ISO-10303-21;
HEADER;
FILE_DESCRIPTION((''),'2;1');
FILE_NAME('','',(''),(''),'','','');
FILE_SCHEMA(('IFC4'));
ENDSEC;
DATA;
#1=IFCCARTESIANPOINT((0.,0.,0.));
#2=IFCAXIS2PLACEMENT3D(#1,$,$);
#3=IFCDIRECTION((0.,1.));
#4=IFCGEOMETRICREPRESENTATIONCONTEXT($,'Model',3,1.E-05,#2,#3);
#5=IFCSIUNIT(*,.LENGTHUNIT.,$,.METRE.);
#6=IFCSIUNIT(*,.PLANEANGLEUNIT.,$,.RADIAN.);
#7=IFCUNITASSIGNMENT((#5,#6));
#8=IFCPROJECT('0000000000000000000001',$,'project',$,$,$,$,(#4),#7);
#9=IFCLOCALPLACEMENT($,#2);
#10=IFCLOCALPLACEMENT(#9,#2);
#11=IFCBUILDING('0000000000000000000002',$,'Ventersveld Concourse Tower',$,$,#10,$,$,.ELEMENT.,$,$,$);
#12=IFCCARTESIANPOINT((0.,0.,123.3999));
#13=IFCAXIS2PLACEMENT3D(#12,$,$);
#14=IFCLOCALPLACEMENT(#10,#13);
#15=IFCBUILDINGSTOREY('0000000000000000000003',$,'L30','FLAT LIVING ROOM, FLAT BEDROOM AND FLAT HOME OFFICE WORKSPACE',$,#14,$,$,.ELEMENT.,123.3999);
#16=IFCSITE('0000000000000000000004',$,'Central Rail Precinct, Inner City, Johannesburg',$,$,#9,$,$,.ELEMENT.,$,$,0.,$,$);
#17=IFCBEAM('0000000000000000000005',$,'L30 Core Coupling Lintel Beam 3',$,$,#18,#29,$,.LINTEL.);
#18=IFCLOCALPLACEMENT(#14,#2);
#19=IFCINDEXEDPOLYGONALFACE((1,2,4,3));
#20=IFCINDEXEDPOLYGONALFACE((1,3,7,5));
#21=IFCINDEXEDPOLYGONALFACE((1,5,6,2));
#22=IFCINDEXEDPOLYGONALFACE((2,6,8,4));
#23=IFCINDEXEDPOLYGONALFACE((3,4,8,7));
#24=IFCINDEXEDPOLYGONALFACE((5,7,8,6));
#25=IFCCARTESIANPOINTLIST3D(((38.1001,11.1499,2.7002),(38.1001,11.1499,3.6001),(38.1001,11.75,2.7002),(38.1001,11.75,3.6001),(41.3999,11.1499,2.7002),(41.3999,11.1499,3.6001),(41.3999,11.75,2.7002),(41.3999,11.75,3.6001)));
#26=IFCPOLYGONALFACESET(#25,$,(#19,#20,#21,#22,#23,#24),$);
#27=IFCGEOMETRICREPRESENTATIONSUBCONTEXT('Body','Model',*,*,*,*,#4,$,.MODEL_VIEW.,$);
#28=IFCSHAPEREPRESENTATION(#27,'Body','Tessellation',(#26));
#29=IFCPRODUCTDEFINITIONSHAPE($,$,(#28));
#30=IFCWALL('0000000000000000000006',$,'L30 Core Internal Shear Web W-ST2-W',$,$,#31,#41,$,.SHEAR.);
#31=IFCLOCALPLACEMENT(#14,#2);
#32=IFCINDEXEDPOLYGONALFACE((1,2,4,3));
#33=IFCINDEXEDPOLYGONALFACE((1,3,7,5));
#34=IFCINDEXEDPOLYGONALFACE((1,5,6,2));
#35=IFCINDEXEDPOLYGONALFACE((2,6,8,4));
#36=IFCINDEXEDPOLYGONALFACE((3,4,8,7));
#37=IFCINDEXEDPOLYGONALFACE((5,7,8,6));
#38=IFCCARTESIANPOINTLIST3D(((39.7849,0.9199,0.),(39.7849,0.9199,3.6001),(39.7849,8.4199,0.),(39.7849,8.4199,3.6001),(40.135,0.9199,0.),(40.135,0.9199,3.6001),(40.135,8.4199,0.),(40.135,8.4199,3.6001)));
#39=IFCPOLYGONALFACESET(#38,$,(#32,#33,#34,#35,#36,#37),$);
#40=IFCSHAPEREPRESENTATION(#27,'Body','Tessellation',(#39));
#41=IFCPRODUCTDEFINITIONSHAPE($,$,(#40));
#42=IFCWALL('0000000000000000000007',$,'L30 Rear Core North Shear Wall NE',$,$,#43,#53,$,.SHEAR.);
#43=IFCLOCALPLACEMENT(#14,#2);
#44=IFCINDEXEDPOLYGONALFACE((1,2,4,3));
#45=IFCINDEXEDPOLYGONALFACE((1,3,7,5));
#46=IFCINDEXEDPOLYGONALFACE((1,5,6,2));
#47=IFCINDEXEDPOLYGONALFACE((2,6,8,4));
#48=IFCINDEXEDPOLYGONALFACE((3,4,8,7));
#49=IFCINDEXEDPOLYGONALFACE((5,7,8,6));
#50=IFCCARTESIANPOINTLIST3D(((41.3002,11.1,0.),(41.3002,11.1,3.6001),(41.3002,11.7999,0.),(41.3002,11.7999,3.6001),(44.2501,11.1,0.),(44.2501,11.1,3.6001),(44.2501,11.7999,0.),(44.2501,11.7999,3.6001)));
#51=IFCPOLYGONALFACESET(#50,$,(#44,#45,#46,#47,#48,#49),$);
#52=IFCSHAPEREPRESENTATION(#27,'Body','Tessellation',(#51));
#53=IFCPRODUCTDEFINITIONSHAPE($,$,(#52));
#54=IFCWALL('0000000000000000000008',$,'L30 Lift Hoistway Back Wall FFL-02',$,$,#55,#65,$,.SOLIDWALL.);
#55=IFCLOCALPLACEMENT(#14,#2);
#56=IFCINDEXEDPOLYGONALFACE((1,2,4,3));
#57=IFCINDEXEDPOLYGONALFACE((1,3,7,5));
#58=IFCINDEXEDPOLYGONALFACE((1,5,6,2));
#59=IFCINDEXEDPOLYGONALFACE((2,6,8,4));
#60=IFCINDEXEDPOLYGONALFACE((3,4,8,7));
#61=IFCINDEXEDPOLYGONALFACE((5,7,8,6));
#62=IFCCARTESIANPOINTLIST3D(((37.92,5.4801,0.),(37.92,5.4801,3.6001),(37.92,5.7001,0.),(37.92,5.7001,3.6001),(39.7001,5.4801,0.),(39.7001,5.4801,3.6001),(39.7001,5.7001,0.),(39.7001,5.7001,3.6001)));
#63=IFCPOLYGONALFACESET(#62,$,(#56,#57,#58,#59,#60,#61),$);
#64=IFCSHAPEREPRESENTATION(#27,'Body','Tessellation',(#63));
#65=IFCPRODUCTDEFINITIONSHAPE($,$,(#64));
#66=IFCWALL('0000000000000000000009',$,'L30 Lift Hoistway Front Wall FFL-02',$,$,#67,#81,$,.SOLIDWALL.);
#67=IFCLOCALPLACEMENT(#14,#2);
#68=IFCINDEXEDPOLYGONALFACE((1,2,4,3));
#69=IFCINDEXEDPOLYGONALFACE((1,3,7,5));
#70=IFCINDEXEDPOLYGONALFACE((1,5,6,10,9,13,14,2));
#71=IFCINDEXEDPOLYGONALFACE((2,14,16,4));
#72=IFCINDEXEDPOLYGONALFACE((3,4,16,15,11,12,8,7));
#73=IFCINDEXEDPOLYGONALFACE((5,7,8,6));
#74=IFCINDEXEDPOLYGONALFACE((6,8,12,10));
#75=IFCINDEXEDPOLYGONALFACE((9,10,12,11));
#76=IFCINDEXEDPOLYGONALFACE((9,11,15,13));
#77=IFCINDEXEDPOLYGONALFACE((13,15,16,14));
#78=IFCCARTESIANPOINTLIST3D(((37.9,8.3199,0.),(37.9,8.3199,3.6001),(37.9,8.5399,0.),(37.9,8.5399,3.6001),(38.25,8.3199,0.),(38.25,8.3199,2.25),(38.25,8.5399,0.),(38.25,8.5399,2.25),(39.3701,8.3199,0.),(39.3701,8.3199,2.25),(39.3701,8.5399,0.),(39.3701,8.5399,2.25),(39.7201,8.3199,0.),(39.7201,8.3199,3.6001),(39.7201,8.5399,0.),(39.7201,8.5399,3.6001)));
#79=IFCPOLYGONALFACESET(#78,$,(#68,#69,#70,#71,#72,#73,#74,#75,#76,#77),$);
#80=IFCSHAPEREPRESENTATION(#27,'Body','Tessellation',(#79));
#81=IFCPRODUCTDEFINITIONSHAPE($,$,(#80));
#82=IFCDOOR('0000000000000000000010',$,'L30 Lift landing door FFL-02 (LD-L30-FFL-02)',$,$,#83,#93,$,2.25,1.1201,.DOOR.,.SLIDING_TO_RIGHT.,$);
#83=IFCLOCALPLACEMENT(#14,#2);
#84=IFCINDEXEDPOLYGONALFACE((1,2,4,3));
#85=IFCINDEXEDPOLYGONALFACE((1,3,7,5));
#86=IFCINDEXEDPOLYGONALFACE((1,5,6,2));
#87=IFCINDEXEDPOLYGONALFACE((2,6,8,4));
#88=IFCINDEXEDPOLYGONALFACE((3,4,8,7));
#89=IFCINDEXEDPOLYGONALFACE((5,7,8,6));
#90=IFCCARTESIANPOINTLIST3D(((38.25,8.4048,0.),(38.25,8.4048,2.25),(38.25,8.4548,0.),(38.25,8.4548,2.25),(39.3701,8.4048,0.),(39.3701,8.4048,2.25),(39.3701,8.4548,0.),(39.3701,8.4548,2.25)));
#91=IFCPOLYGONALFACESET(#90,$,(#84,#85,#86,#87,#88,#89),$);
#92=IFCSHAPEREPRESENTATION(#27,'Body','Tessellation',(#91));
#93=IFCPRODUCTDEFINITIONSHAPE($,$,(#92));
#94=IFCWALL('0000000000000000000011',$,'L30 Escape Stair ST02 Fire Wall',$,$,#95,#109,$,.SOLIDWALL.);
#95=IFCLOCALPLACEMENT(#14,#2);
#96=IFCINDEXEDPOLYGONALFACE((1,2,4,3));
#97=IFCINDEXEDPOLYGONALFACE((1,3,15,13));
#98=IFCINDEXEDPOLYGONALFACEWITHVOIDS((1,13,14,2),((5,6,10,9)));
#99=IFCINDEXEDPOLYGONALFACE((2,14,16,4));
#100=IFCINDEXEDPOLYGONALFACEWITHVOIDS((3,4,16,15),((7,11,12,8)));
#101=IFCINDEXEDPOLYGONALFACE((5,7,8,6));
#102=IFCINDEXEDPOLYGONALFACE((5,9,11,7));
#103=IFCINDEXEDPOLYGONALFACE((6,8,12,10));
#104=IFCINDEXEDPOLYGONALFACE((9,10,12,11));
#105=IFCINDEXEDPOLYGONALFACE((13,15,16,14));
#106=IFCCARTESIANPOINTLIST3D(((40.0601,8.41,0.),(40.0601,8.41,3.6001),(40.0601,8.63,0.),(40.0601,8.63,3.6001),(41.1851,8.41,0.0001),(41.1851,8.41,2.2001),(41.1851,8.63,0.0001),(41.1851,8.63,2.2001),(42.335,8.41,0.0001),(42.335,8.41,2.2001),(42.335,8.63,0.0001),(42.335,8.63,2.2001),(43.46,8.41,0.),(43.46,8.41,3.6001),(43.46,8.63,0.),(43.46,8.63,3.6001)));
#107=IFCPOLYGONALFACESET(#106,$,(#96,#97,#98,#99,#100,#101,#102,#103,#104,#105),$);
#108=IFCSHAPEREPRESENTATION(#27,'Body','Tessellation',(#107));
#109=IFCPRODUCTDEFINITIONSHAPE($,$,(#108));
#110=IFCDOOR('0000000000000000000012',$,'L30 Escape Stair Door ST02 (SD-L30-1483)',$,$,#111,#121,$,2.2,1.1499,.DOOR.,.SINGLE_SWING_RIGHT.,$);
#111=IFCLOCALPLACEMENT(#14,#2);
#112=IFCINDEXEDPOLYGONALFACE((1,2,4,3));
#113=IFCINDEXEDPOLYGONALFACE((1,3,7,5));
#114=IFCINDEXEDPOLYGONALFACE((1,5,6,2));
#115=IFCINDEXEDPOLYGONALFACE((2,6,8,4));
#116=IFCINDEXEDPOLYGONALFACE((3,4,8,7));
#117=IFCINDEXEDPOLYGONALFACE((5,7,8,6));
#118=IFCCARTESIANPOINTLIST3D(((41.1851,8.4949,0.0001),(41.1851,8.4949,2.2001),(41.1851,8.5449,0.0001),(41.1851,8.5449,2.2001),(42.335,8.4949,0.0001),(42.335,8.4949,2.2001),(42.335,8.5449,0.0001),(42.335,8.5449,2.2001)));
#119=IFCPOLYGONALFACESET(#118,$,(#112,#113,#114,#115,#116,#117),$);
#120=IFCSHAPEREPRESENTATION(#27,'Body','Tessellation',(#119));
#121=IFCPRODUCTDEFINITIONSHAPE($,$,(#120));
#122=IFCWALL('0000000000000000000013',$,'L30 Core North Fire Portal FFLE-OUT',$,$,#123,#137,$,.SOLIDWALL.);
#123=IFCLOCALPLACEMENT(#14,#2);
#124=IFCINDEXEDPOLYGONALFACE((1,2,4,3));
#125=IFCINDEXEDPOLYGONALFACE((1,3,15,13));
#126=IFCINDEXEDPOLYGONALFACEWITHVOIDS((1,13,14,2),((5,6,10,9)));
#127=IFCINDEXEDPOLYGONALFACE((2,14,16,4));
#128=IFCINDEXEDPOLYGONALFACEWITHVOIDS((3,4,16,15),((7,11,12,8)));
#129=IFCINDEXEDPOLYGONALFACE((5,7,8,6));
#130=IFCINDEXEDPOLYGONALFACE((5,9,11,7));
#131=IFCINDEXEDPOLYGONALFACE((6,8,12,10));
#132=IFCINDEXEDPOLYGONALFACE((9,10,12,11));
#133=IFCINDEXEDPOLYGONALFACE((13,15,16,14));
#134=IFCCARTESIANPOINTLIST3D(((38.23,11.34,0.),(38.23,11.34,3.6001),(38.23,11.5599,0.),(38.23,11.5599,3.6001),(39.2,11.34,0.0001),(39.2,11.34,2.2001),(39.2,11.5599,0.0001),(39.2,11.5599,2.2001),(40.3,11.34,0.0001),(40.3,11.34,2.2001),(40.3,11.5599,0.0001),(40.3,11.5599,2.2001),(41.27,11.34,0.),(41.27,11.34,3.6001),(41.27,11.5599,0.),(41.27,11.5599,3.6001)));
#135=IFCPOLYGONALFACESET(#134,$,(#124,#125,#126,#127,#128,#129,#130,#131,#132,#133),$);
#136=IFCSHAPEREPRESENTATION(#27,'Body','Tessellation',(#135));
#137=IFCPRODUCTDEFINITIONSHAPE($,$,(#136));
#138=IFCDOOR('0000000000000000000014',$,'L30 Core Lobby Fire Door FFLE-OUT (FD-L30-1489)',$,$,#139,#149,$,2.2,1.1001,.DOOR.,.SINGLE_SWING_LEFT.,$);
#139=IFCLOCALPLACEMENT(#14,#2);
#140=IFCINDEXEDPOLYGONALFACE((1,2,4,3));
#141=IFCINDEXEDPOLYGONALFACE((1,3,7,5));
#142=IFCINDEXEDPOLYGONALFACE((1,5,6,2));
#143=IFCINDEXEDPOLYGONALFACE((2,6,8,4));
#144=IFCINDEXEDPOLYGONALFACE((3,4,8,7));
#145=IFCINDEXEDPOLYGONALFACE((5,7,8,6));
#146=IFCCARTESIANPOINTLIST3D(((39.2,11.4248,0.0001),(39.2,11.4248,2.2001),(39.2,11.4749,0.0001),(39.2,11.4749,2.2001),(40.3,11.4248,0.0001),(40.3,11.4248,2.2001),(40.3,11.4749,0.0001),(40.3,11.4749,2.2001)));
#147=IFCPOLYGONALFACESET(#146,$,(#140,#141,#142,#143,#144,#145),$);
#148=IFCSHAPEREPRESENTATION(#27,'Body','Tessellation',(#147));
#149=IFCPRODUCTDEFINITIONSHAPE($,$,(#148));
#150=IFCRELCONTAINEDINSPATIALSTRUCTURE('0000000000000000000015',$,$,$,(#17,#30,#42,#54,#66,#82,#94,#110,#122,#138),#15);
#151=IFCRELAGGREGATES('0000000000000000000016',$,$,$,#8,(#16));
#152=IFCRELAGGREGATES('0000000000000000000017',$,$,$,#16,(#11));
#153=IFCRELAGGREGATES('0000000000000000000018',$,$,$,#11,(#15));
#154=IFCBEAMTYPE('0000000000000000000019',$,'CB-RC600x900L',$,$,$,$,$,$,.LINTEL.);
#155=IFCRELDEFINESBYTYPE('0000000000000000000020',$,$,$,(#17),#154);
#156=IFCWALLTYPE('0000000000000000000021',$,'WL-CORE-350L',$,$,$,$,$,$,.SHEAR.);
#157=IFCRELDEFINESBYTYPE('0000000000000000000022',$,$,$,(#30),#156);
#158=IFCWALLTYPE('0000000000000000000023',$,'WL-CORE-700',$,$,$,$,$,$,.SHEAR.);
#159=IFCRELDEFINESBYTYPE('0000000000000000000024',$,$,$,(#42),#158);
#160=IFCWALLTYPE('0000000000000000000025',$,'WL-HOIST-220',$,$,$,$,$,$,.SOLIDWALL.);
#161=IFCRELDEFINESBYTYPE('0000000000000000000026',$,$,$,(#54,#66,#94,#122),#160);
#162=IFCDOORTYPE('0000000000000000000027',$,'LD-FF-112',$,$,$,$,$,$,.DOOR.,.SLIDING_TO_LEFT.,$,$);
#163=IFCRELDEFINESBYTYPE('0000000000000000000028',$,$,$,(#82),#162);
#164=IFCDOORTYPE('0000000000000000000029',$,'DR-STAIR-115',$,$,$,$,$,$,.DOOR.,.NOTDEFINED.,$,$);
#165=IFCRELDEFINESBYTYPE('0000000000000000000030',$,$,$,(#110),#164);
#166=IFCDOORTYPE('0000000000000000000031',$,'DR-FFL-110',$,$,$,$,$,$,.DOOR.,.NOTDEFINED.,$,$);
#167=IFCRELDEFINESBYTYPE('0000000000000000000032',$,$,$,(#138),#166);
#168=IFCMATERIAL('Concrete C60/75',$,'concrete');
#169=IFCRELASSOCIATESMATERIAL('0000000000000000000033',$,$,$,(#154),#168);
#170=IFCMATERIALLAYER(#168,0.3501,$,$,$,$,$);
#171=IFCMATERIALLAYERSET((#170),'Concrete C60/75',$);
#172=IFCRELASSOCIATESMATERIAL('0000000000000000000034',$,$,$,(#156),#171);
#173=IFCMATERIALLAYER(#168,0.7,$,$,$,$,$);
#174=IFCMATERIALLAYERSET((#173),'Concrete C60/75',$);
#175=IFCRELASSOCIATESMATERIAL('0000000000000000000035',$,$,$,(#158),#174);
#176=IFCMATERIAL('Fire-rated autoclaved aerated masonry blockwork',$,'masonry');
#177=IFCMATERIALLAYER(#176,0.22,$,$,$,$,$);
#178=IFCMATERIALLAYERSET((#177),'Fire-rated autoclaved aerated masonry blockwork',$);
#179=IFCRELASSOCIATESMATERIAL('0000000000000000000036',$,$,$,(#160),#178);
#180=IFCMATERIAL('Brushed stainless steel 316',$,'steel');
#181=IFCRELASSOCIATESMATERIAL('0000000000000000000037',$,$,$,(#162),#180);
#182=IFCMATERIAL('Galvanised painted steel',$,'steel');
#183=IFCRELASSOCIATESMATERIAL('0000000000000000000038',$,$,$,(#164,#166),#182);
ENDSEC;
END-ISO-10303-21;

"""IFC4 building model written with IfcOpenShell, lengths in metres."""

from ifc_helpers import new_model, si_unit, direction, frame, frame_2d, origin, origin_2d, place, context, subcontext, project, spatial, rectangle, extrude, material, layer, layer_set, material_profile, profile_set, type_object, element, fill, save


model = new_model("IFC4")

# Units and contexts
model_context = context("Model", 3, precision=1e-05, world=origin(), true_north=direction((0.0, 1.0)))
body_context = subcontext(model_context, "Body", "Model", "MODEL_VIEW")
ifc_project = project(units=[si_unit("LENGTHUNIT", "METRE"), si_unit("PLANEANGLEUNIT", "RADIAN")], contexts=[model_context])

# Site, building, storey
site_placement = place(None, origin())
site = spatial("IfcSite", under=ifc_project, at=site_placement, Name="Central Rail Precinct, Inner City, Johannesburg", CompositionType="ELEMENT", RefElevation=0.0)
building_placement = place(site_placement, origin())
building = spatial("IfcBuilding", under=site, at=building_placement, Name="Ventersveld Concourse Tower", CompositionType="ELEMENT")
storey_placement = place(building_placement, frame((0.0, 0.0, 123.3999)))
storey = spatial("IfcBuildingStorey", under=building, at=storey_placement, Name="L30", Description="FLAT LIVING ROOM, FLAT BEDROOM AND FLAT HOME OFFICE WORKSPACE", CompositionType="ELEMENT", Elevation=123.3999)

# Beam
ifc_material_1 = material(Name="Concrete C60/75", Category="concrete")
ifc_material_profile = material_profile(ifc_material_1, rectangle(XDim=0.6001, YDim=0.8999, at=origin_2d()), Name="RC 600x900")
ifc_profile_set = profile_set([ifc_material_profile], Name="Concrete C60/75")
beam_type = type_object("IfcBeamType", Name="CB-RC600x900L", PredefinedType="LINTEL", material=ifc_profile_set)
beam_placement = place(storey_placement, frame((38.1001, 11.45, 3.1501), z_axis=(1.0, 0.0, 0.0), x_axis=(0.0, 1.0, 0.0)))
element("IfcBeam", 1, at=beam_placement, inside=storey, type_object=beam_type, Name="L30 Core Coupling Lintel Beam 3", PredefinedType="LINTEL", context=body_context, shape_type="SweptSolid", body=[
    extrude(rectangle(XDim=0.6001, YDim=0.8999, at=origin_2d()), origin(), (0.0, 0.0, 1.0), 3.2998),
])

# Walls
ifc_layer_1 = layer(ifc_material_1, 0.3501)
ifc_layer_set_1 = layer_set([ifc_layer_1], Name="Concrete C60/75")
wall_type_1 = type_object("IfcWallType", Name="WL-CORE-350L", PredefinedType="SHEAR", material=ifc_layer_set_1)
wall_1_placement = place(storey_placement, frame((39.96, 0.9199, 0.0), z_axis=(0.0, 0.0, 1.0), x_axis=(0.0, 1.0, 0.0)))
element("IfcWall", 2, at=wall_1_placement, inside=storey, type_object=wall_type_1, Name="L30 Core Internal Shear Web W-ST2-W", PredefinedType="SHEAR", context=body_context, shape_type="SweptSolid", body=[
    extrude(rectangle(XDim=7.5, YDim=0.3501, at=frame_2d((3.75, 0.0))), origin(), (0.0, 0.0, 1.0), 3.6001),
])
ifc_layer_2 = layer(ifc_material_1, 0.7)
ifc_layer_set_2 = layer_set([ifc_layer_2], Name="Concrete C60/75")
wall_type_2 = type_object("IfcWallType", Name="WL-CORE-700", PredefinedType="SHEAR", material=ifc_layer_set_2)
wall_2_placement = place(storey_placement, frame((41.3, 11.45, 0.0), z_axis=(0.0, 0.0, 1.0), x_axis=(1.0, 0.0, 0.0)))
element("IfcWall", 3, at=wall_2_placement, inside=storey, type_object=wall_type_2, Name="L30 Rear Core North Shear Wall NE", PredefinedType="SHEAR", context=body_context, shape_type="SweptSolid", body=[
    extrude(rectangle(XDim=2.95, YDim=0.7, at=frame_2d((1.4751, 0.0))), origin(), (0.0, 0.0, 1.0), 3.6001),
])
ifc_material_2 = material(Name="Fire-rated autoclaved aerated masonry blockwork", Category="masonry")
ifc_layer_3 = layer(ifc_material_2, 0.22)
ifc_layer_set_3 = layer_set([ifc_layer_3], Name="Fire-rated autoclaved aerated masonry blockwork")
wall_type_3 = type_object("IfcWallType", Name="WL-HOIST-220", PredefinedType="SOLIDWALL", material=ifc_layer_set_3)
wall_3_placement = place(storey_placement, frame((37.9199, 5.5901, 0.0), z_axis=(0.0, 0.0, 1.0), x_axis=(1.0, 0.0, 0.0)))
element("IfcWall", 4, at=wall_3_placement, inside=storey, type_object=wall_type_3, Name="L30 Lift Hoistway Back Wall FFL-02", PredefinedType="SOLIDWALL", context=body_context, shape_type="SweptSolid", body=[
    extrude(rectangle(XDim=1.78, YDim=0.22, at=frame_2d((0.8901, 0.0))), origin(), (0.0, 0.0, 1.0), 3.6001),
])

# Walls, openings, doors
wall_4_placement = place(storey_placement, frame((37.8999, 8.4299, 0.0), z_axis=(0.0, 0.0, 1.0), x_axis=(1.0, 0.0, 0.0)))
wall_4 = element("IfcWall", 5, at=wall_4_placement, inside=storey, type_object=wall_type_3, Name="L30 Lift Hoistway Front Wall FFL-02", PredefinedType="SOLIDWALL", context=body_context, shape_type="SweptSolid", body=[
    extrude(rectangle(XDim=1.8201, YDim=0.22, at=frame_2d((0.9102, 0.0))), origin(), (0.0, 0.0, 1.0), 3.6001),
])
opening_1_placement = place(wall_4_placement, frame((0.3501, 0.0, 0.0)))
opening_1 = element("IfcOpeningElement", 6, at=opening_1_placement, cuts=wall_4, PredefinedType="OPENING", context=body_context, shape_type="SweptSolid", body=[
    extrude(rectangle(XDim=1.1201, YDim=2.25, at=frame_2d((0.5601, 1.125))), frame((0.0, 0.1201, 0.0), z_axis=(0.0, -1.0, 0.0), x_axis=(1.0, 0.0, 0.0)), (0.0, 0.0, 1.0), 0.24),
])
ifc_material_3 = material(Name="Brushed stainless steel 316", Category="steel")
door_type_1 = type_object("IfcDoorType", Name="LD-FF-112", OperationType="SLIDING_TO_LEFT", PredefinedType="DOOR", material=ifc_material_3)
door_1_placement = place(opening_1_placement, origin())
door_1 = element("IfcDoor", 7, at=door_1_placement, inside=storey, type_object=door_type_1, Name="L30 Lift landing door FFL-02 (LD-L30-FFL-02)", OperationType="SLIDING_TO_RIGHT", OverallHeight=2.25, OverallWidth=1.1201, PredefinedType="DOOR", context=body_context, shape_type="SweptSolid", body=[
    extrude(rectangle(XDim=1.1201, YDim=2.25, at=frame_2d((0.5601, 1.125))), frame((0.0, 0.0249, 0.0), z_axis=(0.0, -1.0, 0.0), x_axis=(1.0, 0.0, 0.0)), (0.0, 0.0, 1.0), 0.05),
])
fill(opening_1, door_1)
wall_5_placement = place(storey_placement, frame((40.0601, 8.52, 0.0), z_axis=(0.0, 0.0, 1.0), x_axis=(1.0, 0.0, 0.0)))
wall_5 = element("IfcWall", 8, at=wall_5_placement, inside=storey, type_object=wall_type_3, Name="L30 Escape Stair ST02 Fire Wall", PredefinedType="SOLIDWALL", context=body_context, shape_type="SweptSolid", body=[
    extrude(rectangle(XDim=3.3999, YDim=0.22, at=frame_2d((1.7, 0.0))), origin(), (0.0, 0.0, 1.0), 3.6001),
])
opening_2_placement = place(wall_5_placement, frame((1.125, 0.0, 0.0)))
opening_2 = element("IfcOpeningElement", 9, at=opening_2_placement, cuts=wall_5, PredefinedType="OPENING", context=body_context, shape_type="SweptSolid", body=[
    extrude(rectangle(XDim=1.1499, YDim=2.2, at=frame_2d((0.575, 1.1001))), frame((0.0, 0.1201, 0.0), z_axis=(0.0, -1.0, 0.0), x_axis=(1.0, 0.0, 0.0)), (0.0, 0.0, 1.0), 0.24),
])
ifc_material_4 = material(Name="Galvanised painted steel", Category="steel")
door_type_2 = type_object("IfcDoorType", Name="DR-STAIR-115", OperationType="NOTDEFINED", PredefinedType="DOOR", material=ifc_material_4)
door_2_placement = place(opening_2_placement, origin())
door_2 = element("IfcDoor", 10, at=door_2_placement, inside=storey, type_object=door_type_2, Name="L30 Escape Stair Door ST02 (SD-L30-1483)", OperationType="SINGLE_SWING_RIGHT", OverallHeight=2.2, OverallWidth=1.1499, PredefinedType="DOOR", context=body_context, shape_type="SweptSolid", body=[
    extrude(rectangle(XDim=1.1499, YDim=2.2, at=frame_2d((0.575, 1.1001))), frame((0.0, 0.0249, 0.0), z_axis=(0.0, -1.0, 0.0), x_axis=(1.0, 0.0, 0.0)), (0.0, 0.0, 1.0), 0.05),
])
fill(opening_2, door_2)
wall_6_placement = place(storey_placement, frame((38.23, 11.45, 0.0), z_axis=(0.0, 0.0, 1.0), x_axis=(1.0, 0.0, 0.0)))
wall_6 = element("IfcWall", 11, at=wall_6_placement, inside=storey, type_object=wall_type_3, Name="L30 Core North Fire Portal FFLE-OUT", PredefinedType="SOLIDWALL", context=body_context, shape_type="SweptSolid", body=[
    extrude(rectangle(XDim=3.04, YDim=0.22, at=frame_2d((1.52, 0.0))), origin(), (0.0, 0.0, 1.0), 3.6001),
])
opening_3_placement = place(wall_6_placement, frame((0.97, 0.0, 0.0)))
opening_3 = element("IfcOpeningElement", 12, at=opening_3_placement, cuts=wall_6, PredefinedType="OPENING", context=body_context, shape_type="SweptSolid", body=[
    extrude(rectangle(XDim=1.1001, YDim=2.2, at=frame_2d((0.55, 1.1001))), frame((0.0, 0.1201, 0.0), z_axis=(0.0, -1.0, 0.0), x_axis=(1.0, 0.0, 0.0)), (0.0, 0.0, 1.0), 0.24),
])
door_type_3 = type_object("IfcDoorType", Name="DR-FFL-110", OperationType="NOTDEFINED", PredefinedType="DOOR", material=ifc_material_4)
door_3_placement = place(opening_3_placement, origin())
door_3 = element("IfcDoor", 13, at=door_3_placement, inside=storey, type_object=door_type_3, Name="L30 Core Lobby Fire Door FFLE-OUT (FD-L30-1489)", OperationType="SINGLE_SWING_LEFT", OverallHeight=2.2, OverallWidth=1.1001, PredefinedType="DOOR", context=body_context, shape_type="SweptSolid", body=[
    extrude(rectangle(XDim=1.1001, YDim=2.2, at=frame_2d((0.55, 1.1001))), frame((0.0, 0.0249, 0.0), z_axis=(0.0, -1.0, 0.0), x_axis=(1.0, 0.0, 0.0)), (0.0, 0.0, 1.0), 0.05),
])
fill(opening_3, door_3)

save(model, "model.ifc")
